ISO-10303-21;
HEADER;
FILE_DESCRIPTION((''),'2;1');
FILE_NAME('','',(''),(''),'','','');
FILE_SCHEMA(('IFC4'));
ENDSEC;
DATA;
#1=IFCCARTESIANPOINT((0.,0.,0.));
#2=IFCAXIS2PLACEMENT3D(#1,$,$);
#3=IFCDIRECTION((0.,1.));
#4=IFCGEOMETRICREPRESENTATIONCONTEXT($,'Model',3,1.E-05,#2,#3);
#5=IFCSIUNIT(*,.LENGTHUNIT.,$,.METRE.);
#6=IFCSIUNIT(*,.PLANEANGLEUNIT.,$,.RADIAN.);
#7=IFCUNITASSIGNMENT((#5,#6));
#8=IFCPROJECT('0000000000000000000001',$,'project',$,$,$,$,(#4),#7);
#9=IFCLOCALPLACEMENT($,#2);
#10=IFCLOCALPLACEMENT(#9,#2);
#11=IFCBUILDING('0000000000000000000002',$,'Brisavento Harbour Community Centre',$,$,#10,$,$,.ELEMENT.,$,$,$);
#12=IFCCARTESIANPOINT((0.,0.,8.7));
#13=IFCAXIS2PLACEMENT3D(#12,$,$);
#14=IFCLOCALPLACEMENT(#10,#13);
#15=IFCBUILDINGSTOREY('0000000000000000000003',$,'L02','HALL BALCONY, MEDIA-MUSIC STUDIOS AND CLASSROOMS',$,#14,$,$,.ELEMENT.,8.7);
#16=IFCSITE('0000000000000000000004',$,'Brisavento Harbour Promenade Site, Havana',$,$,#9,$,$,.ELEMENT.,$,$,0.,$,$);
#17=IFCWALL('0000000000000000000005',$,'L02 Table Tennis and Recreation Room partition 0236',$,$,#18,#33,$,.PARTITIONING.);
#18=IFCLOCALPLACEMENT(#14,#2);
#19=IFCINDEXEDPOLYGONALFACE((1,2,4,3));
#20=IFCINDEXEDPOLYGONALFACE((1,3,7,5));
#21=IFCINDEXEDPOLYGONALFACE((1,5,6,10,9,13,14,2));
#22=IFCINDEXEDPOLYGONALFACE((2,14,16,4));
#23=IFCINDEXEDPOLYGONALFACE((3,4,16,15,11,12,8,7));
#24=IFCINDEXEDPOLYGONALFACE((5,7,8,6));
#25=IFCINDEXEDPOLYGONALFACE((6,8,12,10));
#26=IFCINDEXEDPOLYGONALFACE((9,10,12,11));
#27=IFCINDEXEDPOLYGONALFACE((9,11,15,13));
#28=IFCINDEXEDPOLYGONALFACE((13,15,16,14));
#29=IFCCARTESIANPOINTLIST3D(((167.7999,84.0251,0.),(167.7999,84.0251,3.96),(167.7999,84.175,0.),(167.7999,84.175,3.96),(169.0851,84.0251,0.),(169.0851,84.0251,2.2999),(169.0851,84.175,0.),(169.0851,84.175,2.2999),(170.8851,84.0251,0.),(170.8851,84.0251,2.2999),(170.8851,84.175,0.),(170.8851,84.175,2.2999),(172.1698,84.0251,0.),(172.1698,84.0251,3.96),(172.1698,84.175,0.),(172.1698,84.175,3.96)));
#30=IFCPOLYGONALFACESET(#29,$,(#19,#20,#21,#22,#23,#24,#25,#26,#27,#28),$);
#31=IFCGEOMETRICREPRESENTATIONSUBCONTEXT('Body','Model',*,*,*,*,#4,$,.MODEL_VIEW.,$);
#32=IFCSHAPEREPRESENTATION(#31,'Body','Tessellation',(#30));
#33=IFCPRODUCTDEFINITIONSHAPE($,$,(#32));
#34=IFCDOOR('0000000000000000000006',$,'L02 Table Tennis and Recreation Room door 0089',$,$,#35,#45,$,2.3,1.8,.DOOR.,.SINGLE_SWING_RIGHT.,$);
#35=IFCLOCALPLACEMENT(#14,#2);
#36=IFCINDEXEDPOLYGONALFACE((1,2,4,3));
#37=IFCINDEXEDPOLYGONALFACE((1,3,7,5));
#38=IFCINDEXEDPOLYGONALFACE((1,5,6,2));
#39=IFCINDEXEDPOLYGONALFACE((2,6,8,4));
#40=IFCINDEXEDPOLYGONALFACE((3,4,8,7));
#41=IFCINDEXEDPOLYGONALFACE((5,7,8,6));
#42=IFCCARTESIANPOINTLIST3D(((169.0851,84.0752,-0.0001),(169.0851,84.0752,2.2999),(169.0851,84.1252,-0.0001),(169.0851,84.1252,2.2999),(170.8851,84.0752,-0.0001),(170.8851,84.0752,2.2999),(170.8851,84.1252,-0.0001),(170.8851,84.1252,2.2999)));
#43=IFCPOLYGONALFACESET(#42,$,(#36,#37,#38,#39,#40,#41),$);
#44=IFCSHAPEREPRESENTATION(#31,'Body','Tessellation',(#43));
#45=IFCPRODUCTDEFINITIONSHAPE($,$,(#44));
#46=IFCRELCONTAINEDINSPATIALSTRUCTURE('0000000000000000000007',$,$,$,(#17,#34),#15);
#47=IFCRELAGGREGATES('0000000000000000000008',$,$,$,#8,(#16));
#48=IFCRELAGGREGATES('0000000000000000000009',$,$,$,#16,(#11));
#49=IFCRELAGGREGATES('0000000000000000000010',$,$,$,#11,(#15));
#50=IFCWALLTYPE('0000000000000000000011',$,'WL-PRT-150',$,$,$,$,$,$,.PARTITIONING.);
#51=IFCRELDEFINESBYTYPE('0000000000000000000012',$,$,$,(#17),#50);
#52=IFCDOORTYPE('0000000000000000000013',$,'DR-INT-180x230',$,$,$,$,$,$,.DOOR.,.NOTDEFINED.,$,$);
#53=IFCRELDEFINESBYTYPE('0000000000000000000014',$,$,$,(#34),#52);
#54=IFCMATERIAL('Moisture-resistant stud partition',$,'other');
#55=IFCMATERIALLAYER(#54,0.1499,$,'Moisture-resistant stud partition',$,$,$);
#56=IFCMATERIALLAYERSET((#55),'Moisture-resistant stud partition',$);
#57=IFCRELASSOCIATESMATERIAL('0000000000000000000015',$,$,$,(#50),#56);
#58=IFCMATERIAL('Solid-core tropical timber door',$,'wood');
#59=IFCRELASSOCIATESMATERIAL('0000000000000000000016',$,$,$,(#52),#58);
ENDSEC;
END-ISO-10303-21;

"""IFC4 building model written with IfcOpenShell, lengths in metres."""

from ifc_helpers import new_model, si_unit, direction, frame, frame_2d, origin, place, context, subcontext, project, spatial, rectangle, extrude, material, layer, layer_set, type_object, element, fill, save


model = new_model("IFC4")

# Units and contexts
model_context = context("Model", 3, precision=1e-05, world=origin(), true_north=direction((0.0, 1.0)))
body_context = subcontext(model_context, "Body", "Model", "MODEL_VIEW")
ifc_project = project(units=[si_unit("LENGTHUNIT", "METRE"), si_unit("PLANEANGLEUNIT", "RADIAN")], contexts=[model_context])

# Site, building, storey
site_placement = place(None, origin())
site = spatial("IfcSite", under=ifc_project, at=site_placement, Name="Brisavento Harbour Promenade Site, Havana", CompositionType="ELEMENT", RefElevation=0.0)
building_placement = place(site_placement, origin())
building = spatial("IfcBuilding", under=site, at=building_placement, Name="Brisavento Harbour Community Centre", CompositionType="ELEMENT")
storey_placement = place(building_placement, frame((0.0, 0.0, 8.7)))
storey = spatial("IfcBuildingStorey", under=building, at=storey_placement, Name="L02", Description="HALL BALCONY, MEDIA-MUSIC STUDIOS AND CLASSROOMS", CompositionType="ELEMENT", Elevation=8.7)

# Wall, opening, door
ifc_material_1 = material(Name="Moisture-resistant stud partition", Category="other")
ifc_layer_1 = layer(ifc_material_1, 0.1499, Name="Moisture-resistant stud partition")
ifc_layer_set_1 = layer_set([ifc_layer_1], Name="Moisture-resistant stud partition")
wall_type_1 = type_object("IfcWallType", Name="WL-PRT-150", PredefinedType="PARTITIONING", material=ifc_layer_set_1)
wall_1_placement = place(storey_placement, frame((172.1699, 84.1001, 0.0), z_axis=(0.0, 0.0, 1.0), x_axis=(-1.0, 0.0, 0.0)))
wall_1 = element("IfcWall", 1, at=wall_1_placement, inside=storey, type_object=wall_type_1, Name="L02 Table Tennis and Recreation Room partition 0236", PredefinedType="PARTITIONING", context=body_context, shape_type="SweptSolid", body=[
    extrude(rectangle(XDim=4.3699, YDim=0.1499, at=frame_2d((2.1851, 0.0))), origin(), (0.0, 0.0, 1.0), 3.96),
])
opening_1_placement = place(wall_1_placement, frame((1.2849, 0.0, 0.0)))
opening_1 = element("IfcOpeningElement", 2, at=opening_1_placement, cuts=wall_1, PredefinedType="OPENING", context=body_context, shape_type="SweptSolid", body=[
    extrude(rectangle(XDim=1.8, YDim=2.3, at=frame_2d((0.8999, 1.1499))), frame((0.0, 0.085, 0.0), z_axis=(0.0, -1.0, 0.0), x_axis=(1.0, 0.0, 0.0)), (0.0, 0.0, 1.0), 0.1699),
])
ifc_material_2 = material(Name="Solid-core tropical timber door", Category="wood")
door_type_1 = type_object("IfcDoorType", Name="DR-INT-180x230", OperationType="NOTDEFINED", PredefinedType="DOOR", material=ifc_material_2)
door_1_placement = place(opening_1_placement, origin())
door_1 = element("IfcDoor", 3, at=door_1_placement, inside=storey, type_object=door_type_1, Name="L02 Table Tennis and Recreation Room door 0089", OperationType="SINGLE_SWING_RIGHT", OverallHeight=2.3, OverallWidth=1.8, PredefinedType="DOOR", context=body_context, shape_type="SweptSolid", body=[
    extrude(rectangle(XDim=1.8, YDim=2.3, at=frame_2d((0.8999, 1.1499))), frame((0.0, 0.0249, 0.0), z_axis=(0.0, -1.0, 0.0), x_axis=(1.0, 0.0, 0.0)), (0.0, 0.0, 1.0), 0.05),
])
fill(opening_1, door_1)

save(model, "model.ifc")
